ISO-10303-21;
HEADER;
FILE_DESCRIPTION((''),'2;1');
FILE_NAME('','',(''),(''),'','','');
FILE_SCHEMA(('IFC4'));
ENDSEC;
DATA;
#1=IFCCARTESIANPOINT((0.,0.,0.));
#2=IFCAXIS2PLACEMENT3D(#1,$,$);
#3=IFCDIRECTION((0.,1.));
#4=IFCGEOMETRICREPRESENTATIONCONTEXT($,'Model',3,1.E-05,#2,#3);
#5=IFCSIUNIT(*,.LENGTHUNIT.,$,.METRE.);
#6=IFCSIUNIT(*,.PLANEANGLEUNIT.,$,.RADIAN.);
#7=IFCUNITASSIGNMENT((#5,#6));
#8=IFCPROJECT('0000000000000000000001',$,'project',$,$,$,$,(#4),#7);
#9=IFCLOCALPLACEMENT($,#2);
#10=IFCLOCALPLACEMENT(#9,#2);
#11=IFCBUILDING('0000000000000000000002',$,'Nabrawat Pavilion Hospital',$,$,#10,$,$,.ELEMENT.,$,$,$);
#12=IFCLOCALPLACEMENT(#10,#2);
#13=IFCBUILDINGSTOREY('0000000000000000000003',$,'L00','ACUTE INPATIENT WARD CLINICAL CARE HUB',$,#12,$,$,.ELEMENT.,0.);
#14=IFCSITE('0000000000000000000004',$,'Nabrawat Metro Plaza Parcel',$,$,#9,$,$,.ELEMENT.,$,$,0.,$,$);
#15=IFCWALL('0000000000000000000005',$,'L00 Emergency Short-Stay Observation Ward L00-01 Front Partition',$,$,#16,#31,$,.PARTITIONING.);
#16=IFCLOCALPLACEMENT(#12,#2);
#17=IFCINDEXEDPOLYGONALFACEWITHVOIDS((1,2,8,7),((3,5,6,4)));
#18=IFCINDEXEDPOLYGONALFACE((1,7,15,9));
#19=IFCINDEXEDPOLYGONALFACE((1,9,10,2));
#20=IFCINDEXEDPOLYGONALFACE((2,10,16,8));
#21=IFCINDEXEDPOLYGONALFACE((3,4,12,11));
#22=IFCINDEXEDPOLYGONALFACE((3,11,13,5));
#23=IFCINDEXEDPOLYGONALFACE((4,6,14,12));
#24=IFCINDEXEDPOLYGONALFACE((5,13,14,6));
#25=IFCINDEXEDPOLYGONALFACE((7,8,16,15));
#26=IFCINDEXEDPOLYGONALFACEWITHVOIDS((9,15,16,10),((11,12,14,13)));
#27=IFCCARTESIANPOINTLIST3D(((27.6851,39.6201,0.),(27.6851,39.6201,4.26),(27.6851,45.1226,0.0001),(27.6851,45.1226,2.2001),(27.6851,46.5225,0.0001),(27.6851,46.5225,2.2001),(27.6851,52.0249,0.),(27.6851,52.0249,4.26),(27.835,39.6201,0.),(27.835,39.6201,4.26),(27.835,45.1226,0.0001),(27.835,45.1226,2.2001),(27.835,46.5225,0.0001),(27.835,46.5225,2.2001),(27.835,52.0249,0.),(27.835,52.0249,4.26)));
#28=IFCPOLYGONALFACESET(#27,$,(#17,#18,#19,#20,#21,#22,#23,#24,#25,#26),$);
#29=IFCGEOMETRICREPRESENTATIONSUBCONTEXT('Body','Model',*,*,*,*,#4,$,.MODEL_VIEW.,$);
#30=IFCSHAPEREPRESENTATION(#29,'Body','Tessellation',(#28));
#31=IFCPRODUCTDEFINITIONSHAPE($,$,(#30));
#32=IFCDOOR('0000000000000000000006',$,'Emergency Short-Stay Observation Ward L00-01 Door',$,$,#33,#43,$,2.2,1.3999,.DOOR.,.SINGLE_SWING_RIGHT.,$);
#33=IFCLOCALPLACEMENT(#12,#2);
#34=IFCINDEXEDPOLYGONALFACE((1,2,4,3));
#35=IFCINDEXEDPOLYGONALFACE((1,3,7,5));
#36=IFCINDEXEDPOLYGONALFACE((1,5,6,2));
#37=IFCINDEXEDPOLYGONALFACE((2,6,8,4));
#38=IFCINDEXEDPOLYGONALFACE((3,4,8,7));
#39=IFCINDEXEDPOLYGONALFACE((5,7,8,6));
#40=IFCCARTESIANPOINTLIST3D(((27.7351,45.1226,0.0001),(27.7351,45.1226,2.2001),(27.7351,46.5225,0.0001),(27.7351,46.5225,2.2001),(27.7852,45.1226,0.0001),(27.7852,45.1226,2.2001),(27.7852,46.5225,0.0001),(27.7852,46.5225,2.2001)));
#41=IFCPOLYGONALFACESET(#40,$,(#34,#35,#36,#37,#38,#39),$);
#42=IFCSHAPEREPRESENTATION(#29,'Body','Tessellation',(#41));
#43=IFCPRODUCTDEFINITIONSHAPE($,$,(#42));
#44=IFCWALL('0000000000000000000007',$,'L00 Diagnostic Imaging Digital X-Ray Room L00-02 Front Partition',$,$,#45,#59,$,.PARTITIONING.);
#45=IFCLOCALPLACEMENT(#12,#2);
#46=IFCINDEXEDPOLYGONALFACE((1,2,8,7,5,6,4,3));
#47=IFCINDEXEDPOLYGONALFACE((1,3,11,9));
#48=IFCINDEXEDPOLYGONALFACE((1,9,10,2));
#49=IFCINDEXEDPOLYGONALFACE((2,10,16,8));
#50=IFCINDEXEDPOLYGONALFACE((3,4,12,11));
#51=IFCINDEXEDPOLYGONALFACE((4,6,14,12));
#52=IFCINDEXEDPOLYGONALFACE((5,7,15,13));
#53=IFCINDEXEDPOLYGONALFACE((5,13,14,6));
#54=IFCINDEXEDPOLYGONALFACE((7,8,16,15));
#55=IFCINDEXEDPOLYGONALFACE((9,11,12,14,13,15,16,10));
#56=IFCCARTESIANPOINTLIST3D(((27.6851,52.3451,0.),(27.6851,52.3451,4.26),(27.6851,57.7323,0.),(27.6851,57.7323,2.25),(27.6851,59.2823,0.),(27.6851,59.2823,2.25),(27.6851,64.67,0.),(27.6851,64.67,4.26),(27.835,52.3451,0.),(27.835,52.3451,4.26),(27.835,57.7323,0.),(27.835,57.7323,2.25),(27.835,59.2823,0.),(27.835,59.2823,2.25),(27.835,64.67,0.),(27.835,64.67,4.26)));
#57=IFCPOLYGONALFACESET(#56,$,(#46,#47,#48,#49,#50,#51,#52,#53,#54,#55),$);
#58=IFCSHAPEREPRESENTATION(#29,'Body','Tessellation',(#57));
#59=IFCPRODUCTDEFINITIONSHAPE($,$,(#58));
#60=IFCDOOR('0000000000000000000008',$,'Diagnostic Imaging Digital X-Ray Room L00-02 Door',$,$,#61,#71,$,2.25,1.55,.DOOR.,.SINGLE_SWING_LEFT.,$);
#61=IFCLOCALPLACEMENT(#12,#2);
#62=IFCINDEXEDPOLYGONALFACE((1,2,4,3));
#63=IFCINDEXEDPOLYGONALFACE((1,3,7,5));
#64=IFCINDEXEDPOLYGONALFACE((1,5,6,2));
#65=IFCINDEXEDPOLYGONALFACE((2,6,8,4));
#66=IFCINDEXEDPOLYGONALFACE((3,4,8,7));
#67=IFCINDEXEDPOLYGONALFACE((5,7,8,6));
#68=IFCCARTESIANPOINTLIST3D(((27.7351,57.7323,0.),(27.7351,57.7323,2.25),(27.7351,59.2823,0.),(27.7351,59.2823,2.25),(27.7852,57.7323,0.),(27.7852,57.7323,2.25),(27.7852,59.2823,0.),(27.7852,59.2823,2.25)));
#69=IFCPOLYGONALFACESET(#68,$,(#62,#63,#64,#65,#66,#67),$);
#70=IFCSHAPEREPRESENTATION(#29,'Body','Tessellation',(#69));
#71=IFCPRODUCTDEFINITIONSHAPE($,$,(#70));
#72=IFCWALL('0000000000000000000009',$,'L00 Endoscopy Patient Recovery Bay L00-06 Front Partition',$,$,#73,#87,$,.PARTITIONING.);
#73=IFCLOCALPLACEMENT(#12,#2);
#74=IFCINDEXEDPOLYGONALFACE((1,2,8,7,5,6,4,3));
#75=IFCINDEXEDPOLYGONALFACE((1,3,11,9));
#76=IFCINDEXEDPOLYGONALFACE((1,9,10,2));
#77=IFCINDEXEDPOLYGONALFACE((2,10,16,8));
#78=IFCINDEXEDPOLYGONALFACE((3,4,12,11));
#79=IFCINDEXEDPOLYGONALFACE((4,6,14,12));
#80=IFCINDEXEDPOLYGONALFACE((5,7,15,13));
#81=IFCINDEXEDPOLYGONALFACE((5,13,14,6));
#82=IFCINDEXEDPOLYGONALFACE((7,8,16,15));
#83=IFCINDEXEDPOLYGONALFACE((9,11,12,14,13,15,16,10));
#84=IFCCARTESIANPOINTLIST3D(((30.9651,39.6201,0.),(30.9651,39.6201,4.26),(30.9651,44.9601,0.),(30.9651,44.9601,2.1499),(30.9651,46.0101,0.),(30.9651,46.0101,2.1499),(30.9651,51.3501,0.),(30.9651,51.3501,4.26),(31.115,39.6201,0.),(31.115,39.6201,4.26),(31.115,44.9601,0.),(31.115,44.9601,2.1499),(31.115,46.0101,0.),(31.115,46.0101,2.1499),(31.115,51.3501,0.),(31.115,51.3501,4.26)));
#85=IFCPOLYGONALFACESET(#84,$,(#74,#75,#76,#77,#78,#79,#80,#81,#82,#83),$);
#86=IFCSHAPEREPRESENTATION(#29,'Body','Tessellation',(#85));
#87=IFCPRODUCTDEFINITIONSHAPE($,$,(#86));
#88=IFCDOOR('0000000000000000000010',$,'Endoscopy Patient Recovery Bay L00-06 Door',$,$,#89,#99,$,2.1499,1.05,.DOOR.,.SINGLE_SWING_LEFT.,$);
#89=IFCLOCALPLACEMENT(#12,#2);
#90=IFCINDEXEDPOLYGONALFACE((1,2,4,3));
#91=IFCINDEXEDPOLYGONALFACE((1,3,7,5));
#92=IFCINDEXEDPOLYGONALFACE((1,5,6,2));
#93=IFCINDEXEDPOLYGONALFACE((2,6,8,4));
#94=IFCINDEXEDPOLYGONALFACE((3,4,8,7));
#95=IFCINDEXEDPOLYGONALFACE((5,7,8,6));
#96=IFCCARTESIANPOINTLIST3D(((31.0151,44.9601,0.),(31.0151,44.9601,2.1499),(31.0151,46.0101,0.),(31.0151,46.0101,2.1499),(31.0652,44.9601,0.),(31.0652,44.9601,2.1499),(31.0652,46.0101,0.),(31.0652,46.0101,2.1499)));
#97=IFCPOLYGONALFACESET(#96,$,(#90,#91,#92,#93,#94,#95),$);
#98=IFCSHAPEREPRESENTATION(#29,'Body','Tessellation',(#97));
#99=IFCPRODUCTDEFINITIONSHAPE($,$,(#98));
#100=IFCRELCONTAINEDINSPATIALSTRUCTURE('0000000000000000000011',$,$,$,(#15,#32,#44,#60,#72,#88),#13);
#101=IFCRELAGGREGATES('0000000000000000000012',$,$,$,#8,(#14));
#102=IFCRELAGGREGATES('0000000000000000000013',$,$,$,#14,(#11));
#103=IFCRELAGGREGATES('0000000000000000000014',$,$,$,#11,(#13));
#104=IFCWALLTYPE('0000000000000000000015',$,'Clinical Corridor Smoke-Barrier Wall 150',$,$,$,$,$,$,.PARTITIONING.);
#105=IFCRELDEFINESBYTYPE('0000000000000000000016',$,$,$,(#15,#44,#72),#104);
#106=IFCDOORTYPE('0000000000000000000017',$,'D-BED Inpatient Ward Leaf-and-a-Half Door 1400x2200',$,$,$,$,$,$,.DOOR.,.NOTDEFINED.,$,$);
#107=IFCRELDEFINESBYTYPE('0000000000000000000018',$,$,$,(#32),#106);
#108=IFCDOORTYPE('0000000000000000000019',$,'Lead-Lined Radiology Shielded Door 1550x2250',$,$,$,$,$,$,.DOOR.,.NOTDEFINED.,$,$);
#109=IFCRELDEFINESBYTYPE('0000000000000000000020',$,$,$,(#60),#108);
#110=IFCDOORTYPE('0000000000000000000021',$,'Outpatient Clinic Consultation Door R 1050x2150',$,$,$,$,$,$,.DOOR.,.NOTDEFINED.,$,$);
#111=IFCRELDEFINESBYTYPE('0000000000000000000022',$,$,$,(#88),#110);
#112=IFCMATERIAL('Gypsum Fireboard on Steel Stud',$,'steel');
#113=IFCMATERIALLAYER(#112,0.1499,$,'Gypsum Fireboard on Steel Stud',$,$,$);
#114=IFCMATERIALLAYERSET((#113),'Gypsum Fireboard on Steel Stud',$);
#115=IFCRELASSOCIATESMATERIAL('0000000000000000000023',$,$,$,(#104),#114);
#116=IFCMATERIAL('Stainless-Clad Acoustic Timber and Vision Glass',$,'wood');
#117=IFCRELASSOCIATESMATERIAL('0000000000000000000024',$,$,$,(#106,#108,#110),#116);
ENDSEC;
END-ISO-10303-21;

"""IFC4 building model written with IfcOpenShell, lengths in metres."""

from ifc_helpers import new_model, si_unit, direction, frame, frame_2d, origin, place, context, subcontext, project, spatial, rectangle, extrude, material, layer, layer_set, type_object, element, fill, save


model = new_model("IFC4")

# Units and contexts
model_context = context("Model", 3, precision=1e-05, world=origin(), true_north=direction((0.0, 1.0)))
body_context = subcontext(model_context, "Body", "Model", "MODEL_VIEW")
ifc_project = project(units=[si_unit("LENGTHUNIT", "METRE"), si_unit("PLANEANGLEUNIT", "RADIAN")], contexts=[model_context])

# Site, building, storey
site_placement = place(None, origin())
site = spatial("IfcSite", under=ifc_project, at=site_placement, Name="Nabrawat Metro Plaza Parcel", CompositionType="ELEMENT", RefElevation=0.0)
building_placement = place(site_placement, origin())
building = spatial("IfcBuilding", under=site, at=building_placement, Name="Nabrawat Pavilion Hospital", CompositionType="ELEMENT")
storey_placement = place(building_placement, origin())
storey = spatial("IfcBuildingStorey", under=building, at=storey_placement, Name="L00", Description="ACUTE INPATIENT WARD CLINICAL CARE HUB", CompositionType="ELEMENT", Elevation=0.0)

# Walls, openings, doors
ifc_material_1 = material(Name="Gypsum Fireboard on Steel Stud", Category="steel")
ifc_layer = layer(ifc_material_1, 0.1499, Name="Gypsum Fireboard on Steel Stud")
ifc_layer_set = layer_set([ifc_layer], Name="Gypsum Fireboard on Steel Stud")
wall_type = type_object("IfcWallType", Name="Clinical Corridor Smoke-Barrier Wall 150", PredefinedType="PARTITIONING", material=ifc_layer_set)
wall_1_placement = place(storey_placement, frame((27.76, 39.6201, 0.0), z_axis=(0.0, 0.0, 1.0), x_axis=(0.0, 1.0, 0.0)))
wall_1 = element("IfcWall", 1, at=wall_1_placement, inside=storey, type_object=wall_type, Name="L00 Emergency Short-Stay Observation Ward L00-01 Front Partition", PredefinedType="PARTITIONING", context=body_context, shape_type="SweptSolid", body=[
    extrude(rectangle(XDim=12.4048, YDim=0.1499, at=frame_2d((6.2024, 0.0))), origin(), (0.0, 0.0, 1.0), 4.26),
])
opening_1_placement = place(wall_1_placement, frame((5.5024, 0.0, 0.0)))
opening_1 = element("IfcOpeningElement", 2, at=opening_1_placement, cuts=wall_1, PredefinedType="OPENING", context=body_context, shape_type="SweptSolid", body=[
    extrude(rectangle(XDim=1.3999, YDim=2.2, at=frame_2d((0.7, 1.1001))), frame((0.0, 0.085, 0.0), z_axis=(0.0, -1.0, 0.0), x_axis=(1.0, 0.0, 0.0)), (0.0, 0.0, 1.0), 0.1699),
])
ifc_material_2 = material(Name="Stainless-Clad Acoustic Timber and Vision Glass", Category="wood")
door_type_1 = type_object("IfcDoorType", Name="D-BED Inpatient Ward Leaf-and-a-Half Door 1400x2200", OperationType="NOTDEFINED", PredefinedType="DOOR", material=ifc_material_2)
door_1_placement = place(opening_1_placement, origin())
door_1 = element("IfcDoor", 3, at=door_1_placement, inside=storey, type_object=door_type_1, Name="Emergency Short-Stay Observation Ward L00-01 Door", OperationType="SINGLE_SWING_RIGHT", OverallHeight=2.2, OverallWidth=1.3999, PredefinedType="DOOR", context=body_context, shape_type="SweptSolid", body=[
    extrude(rectangle(XDim=1.3999, YDim=2.2, at=frame_2d((0.7, 1.1001))), frame((0.0, 0.0249, 0.0), z_axis=(0.0, -1.0, 0.0), x_axis=(1.0, 0.0, 0.0)), (0.0, 0.0, 1.0), 0.05),
])
fill(opening_1, door_1)
wall_2_placement = place(storey_placement, frame((27.76, 52.345, 0.0), z_axis=(0.0, 0.0, 1.0), x_axis=(0.0, 1.0, 0.0)))
wall_2 = element("IfcWall", 4, at=wall_2_placement, inside=storey, type_object=wall_type, Name="L00 Diagnostic Imaging Digital X-Ray Room L00-02 Front Partition", PredefinedType="PARTITIONING", context=body_context, shape_type="SweptSolid", body=[
    extrude(rectangle(XDim=12.325, YDim=0.1499, at=frame_2d((6.1626, 0.0))), origin(), (0.0, 0.0, 1.0), 4.26),
])
opening_2_placement = place(wall_2_placement, frame((5.3875, 0.0, 0.0)))
opening_2 = element("IfcOpeningElement", 5, at=opening_2_placement, cuts=wall_2, PredefinedType="OPENING", context=body_context, shape_type="SweptSolid", body=[
    extrude(rectangle(XDim=1.55, YDim=2.25, at=frame_2d((0.7749, 1.125))), frame((0.0, 0.085, 0.0), z_axis=(0.0, -1.0, 0.0), x_axis=(1.0, 0.0, 0.0)), (0.0, 0.0, 1.0), 0.1699),
])
door_type_2 = type_object("IfcDoorType", Name="Lead-Lined Radiology Shielded Door 1550x2250", OperationType="NOTDEFINED", PredefinedType="DOOR", material=ifc_material_2)
door_2_placement = place(opening_2_placement, origin())
door_2 = element("IfcDoor", 6, at=door_2_placement, inside=storey, type_object=door_type_2, Name="Diagnostic Imaging Digital X-Ray Room L00-02 Door", OperationType="SINGLE_SWING_LEFT", OverallHeight=2.25, OverallWidth=1.55, PredefinedType="DOOR", context=body_context, shape_type="SweptSolid", body=[
    extrude(rectangle(XDim=1.55, YDim=2.25, at=frame_2d((0.7749, 1.125))), frame((0.0, 0.0249, 0.0), z_axis=(0.0, -1.0, 0.0), x_axis=(1.0, 0.0, 0.0)), (0.0, 0.0, 1.0), 0.05),
])
fill(opening_2, door_2)
wall_3_placement = place(storey_placement, frame((31.04, 39.6201, 0.0), z_axis=(0.0, 0.0, 1.0), x_axis=(0.0, 1.0, 0.0)))
wall_3 = element("IfcWall", 7, at=wall_3_placement, inside=storey, type_object=wall_type, Name="L00 Endoscopy Patient Recovery Bay L00-06 Front Partition", PredefinedType="PARTITIONING", context=body_context, shape_type="SweptSolid", body=[
    extrude(rectangle(XDim=11.73, YDim=0.1499, at=frame_2d((5.865, 0.0))), origin(), (0.0, 0.0, 1.0), 4.26),
])
opening_3_placement = place(wall_3_placement, frame((5.3401, 0.0, 0.0)))
opening_3 = element("IfcOpeningElement", 8, at=opening_3_placement, cuts=wall_3, PredefinedType="OPENING", context=body_context, shape_type="SweptSolid", body=[
    extrude(rectangle(XDim=1.05, YDim=2.1499, at=frame_2d((0.5249, 1.075))), frame((0.0, 0.085, 0.0), z_axis=(0.0, -1.0, 0.0), x_axis=(1.0, 0.0, 0.0)), (0.0, 0.0, 1.0), 0.1699),
])
door_type_3 = type_object("IfcDoorType", Name="Outpatient Clinic Consultation Door R 1050x2150", OperationType="NOTDEFINED", PredefinedType="DOOR", material=ifc_material_2)
door_3_placement = place(opening_3_placement, origin())
door_3 = element("IfcDoor", 9, at=door_3_placement, inside=storey, type_object=door_type_3, Name="Endoscopy Patient Recovery Bay L00-06 Door", OperationType="SINGLE_SWING_LEFT", OverallHeight=2.1499, OverallWidth=1.05, PredefinedType="DOOR", context=body_context, shape_type="SweptSolid", body=[
    extrude(rectangle(XDim=1.05, YDim=2.1499, at=frame_2d((0.5249, 1.075))), frame((0.0, 0.0249, 0.0), z_axis=(0.0, -1.0, 0.0), x_axis=(1.0, 0.0, 0.0)), (0.0, 0.0, 1.0), 0.05),
])
fill(opening_3, door_3)

save(model, "model.ifc")
